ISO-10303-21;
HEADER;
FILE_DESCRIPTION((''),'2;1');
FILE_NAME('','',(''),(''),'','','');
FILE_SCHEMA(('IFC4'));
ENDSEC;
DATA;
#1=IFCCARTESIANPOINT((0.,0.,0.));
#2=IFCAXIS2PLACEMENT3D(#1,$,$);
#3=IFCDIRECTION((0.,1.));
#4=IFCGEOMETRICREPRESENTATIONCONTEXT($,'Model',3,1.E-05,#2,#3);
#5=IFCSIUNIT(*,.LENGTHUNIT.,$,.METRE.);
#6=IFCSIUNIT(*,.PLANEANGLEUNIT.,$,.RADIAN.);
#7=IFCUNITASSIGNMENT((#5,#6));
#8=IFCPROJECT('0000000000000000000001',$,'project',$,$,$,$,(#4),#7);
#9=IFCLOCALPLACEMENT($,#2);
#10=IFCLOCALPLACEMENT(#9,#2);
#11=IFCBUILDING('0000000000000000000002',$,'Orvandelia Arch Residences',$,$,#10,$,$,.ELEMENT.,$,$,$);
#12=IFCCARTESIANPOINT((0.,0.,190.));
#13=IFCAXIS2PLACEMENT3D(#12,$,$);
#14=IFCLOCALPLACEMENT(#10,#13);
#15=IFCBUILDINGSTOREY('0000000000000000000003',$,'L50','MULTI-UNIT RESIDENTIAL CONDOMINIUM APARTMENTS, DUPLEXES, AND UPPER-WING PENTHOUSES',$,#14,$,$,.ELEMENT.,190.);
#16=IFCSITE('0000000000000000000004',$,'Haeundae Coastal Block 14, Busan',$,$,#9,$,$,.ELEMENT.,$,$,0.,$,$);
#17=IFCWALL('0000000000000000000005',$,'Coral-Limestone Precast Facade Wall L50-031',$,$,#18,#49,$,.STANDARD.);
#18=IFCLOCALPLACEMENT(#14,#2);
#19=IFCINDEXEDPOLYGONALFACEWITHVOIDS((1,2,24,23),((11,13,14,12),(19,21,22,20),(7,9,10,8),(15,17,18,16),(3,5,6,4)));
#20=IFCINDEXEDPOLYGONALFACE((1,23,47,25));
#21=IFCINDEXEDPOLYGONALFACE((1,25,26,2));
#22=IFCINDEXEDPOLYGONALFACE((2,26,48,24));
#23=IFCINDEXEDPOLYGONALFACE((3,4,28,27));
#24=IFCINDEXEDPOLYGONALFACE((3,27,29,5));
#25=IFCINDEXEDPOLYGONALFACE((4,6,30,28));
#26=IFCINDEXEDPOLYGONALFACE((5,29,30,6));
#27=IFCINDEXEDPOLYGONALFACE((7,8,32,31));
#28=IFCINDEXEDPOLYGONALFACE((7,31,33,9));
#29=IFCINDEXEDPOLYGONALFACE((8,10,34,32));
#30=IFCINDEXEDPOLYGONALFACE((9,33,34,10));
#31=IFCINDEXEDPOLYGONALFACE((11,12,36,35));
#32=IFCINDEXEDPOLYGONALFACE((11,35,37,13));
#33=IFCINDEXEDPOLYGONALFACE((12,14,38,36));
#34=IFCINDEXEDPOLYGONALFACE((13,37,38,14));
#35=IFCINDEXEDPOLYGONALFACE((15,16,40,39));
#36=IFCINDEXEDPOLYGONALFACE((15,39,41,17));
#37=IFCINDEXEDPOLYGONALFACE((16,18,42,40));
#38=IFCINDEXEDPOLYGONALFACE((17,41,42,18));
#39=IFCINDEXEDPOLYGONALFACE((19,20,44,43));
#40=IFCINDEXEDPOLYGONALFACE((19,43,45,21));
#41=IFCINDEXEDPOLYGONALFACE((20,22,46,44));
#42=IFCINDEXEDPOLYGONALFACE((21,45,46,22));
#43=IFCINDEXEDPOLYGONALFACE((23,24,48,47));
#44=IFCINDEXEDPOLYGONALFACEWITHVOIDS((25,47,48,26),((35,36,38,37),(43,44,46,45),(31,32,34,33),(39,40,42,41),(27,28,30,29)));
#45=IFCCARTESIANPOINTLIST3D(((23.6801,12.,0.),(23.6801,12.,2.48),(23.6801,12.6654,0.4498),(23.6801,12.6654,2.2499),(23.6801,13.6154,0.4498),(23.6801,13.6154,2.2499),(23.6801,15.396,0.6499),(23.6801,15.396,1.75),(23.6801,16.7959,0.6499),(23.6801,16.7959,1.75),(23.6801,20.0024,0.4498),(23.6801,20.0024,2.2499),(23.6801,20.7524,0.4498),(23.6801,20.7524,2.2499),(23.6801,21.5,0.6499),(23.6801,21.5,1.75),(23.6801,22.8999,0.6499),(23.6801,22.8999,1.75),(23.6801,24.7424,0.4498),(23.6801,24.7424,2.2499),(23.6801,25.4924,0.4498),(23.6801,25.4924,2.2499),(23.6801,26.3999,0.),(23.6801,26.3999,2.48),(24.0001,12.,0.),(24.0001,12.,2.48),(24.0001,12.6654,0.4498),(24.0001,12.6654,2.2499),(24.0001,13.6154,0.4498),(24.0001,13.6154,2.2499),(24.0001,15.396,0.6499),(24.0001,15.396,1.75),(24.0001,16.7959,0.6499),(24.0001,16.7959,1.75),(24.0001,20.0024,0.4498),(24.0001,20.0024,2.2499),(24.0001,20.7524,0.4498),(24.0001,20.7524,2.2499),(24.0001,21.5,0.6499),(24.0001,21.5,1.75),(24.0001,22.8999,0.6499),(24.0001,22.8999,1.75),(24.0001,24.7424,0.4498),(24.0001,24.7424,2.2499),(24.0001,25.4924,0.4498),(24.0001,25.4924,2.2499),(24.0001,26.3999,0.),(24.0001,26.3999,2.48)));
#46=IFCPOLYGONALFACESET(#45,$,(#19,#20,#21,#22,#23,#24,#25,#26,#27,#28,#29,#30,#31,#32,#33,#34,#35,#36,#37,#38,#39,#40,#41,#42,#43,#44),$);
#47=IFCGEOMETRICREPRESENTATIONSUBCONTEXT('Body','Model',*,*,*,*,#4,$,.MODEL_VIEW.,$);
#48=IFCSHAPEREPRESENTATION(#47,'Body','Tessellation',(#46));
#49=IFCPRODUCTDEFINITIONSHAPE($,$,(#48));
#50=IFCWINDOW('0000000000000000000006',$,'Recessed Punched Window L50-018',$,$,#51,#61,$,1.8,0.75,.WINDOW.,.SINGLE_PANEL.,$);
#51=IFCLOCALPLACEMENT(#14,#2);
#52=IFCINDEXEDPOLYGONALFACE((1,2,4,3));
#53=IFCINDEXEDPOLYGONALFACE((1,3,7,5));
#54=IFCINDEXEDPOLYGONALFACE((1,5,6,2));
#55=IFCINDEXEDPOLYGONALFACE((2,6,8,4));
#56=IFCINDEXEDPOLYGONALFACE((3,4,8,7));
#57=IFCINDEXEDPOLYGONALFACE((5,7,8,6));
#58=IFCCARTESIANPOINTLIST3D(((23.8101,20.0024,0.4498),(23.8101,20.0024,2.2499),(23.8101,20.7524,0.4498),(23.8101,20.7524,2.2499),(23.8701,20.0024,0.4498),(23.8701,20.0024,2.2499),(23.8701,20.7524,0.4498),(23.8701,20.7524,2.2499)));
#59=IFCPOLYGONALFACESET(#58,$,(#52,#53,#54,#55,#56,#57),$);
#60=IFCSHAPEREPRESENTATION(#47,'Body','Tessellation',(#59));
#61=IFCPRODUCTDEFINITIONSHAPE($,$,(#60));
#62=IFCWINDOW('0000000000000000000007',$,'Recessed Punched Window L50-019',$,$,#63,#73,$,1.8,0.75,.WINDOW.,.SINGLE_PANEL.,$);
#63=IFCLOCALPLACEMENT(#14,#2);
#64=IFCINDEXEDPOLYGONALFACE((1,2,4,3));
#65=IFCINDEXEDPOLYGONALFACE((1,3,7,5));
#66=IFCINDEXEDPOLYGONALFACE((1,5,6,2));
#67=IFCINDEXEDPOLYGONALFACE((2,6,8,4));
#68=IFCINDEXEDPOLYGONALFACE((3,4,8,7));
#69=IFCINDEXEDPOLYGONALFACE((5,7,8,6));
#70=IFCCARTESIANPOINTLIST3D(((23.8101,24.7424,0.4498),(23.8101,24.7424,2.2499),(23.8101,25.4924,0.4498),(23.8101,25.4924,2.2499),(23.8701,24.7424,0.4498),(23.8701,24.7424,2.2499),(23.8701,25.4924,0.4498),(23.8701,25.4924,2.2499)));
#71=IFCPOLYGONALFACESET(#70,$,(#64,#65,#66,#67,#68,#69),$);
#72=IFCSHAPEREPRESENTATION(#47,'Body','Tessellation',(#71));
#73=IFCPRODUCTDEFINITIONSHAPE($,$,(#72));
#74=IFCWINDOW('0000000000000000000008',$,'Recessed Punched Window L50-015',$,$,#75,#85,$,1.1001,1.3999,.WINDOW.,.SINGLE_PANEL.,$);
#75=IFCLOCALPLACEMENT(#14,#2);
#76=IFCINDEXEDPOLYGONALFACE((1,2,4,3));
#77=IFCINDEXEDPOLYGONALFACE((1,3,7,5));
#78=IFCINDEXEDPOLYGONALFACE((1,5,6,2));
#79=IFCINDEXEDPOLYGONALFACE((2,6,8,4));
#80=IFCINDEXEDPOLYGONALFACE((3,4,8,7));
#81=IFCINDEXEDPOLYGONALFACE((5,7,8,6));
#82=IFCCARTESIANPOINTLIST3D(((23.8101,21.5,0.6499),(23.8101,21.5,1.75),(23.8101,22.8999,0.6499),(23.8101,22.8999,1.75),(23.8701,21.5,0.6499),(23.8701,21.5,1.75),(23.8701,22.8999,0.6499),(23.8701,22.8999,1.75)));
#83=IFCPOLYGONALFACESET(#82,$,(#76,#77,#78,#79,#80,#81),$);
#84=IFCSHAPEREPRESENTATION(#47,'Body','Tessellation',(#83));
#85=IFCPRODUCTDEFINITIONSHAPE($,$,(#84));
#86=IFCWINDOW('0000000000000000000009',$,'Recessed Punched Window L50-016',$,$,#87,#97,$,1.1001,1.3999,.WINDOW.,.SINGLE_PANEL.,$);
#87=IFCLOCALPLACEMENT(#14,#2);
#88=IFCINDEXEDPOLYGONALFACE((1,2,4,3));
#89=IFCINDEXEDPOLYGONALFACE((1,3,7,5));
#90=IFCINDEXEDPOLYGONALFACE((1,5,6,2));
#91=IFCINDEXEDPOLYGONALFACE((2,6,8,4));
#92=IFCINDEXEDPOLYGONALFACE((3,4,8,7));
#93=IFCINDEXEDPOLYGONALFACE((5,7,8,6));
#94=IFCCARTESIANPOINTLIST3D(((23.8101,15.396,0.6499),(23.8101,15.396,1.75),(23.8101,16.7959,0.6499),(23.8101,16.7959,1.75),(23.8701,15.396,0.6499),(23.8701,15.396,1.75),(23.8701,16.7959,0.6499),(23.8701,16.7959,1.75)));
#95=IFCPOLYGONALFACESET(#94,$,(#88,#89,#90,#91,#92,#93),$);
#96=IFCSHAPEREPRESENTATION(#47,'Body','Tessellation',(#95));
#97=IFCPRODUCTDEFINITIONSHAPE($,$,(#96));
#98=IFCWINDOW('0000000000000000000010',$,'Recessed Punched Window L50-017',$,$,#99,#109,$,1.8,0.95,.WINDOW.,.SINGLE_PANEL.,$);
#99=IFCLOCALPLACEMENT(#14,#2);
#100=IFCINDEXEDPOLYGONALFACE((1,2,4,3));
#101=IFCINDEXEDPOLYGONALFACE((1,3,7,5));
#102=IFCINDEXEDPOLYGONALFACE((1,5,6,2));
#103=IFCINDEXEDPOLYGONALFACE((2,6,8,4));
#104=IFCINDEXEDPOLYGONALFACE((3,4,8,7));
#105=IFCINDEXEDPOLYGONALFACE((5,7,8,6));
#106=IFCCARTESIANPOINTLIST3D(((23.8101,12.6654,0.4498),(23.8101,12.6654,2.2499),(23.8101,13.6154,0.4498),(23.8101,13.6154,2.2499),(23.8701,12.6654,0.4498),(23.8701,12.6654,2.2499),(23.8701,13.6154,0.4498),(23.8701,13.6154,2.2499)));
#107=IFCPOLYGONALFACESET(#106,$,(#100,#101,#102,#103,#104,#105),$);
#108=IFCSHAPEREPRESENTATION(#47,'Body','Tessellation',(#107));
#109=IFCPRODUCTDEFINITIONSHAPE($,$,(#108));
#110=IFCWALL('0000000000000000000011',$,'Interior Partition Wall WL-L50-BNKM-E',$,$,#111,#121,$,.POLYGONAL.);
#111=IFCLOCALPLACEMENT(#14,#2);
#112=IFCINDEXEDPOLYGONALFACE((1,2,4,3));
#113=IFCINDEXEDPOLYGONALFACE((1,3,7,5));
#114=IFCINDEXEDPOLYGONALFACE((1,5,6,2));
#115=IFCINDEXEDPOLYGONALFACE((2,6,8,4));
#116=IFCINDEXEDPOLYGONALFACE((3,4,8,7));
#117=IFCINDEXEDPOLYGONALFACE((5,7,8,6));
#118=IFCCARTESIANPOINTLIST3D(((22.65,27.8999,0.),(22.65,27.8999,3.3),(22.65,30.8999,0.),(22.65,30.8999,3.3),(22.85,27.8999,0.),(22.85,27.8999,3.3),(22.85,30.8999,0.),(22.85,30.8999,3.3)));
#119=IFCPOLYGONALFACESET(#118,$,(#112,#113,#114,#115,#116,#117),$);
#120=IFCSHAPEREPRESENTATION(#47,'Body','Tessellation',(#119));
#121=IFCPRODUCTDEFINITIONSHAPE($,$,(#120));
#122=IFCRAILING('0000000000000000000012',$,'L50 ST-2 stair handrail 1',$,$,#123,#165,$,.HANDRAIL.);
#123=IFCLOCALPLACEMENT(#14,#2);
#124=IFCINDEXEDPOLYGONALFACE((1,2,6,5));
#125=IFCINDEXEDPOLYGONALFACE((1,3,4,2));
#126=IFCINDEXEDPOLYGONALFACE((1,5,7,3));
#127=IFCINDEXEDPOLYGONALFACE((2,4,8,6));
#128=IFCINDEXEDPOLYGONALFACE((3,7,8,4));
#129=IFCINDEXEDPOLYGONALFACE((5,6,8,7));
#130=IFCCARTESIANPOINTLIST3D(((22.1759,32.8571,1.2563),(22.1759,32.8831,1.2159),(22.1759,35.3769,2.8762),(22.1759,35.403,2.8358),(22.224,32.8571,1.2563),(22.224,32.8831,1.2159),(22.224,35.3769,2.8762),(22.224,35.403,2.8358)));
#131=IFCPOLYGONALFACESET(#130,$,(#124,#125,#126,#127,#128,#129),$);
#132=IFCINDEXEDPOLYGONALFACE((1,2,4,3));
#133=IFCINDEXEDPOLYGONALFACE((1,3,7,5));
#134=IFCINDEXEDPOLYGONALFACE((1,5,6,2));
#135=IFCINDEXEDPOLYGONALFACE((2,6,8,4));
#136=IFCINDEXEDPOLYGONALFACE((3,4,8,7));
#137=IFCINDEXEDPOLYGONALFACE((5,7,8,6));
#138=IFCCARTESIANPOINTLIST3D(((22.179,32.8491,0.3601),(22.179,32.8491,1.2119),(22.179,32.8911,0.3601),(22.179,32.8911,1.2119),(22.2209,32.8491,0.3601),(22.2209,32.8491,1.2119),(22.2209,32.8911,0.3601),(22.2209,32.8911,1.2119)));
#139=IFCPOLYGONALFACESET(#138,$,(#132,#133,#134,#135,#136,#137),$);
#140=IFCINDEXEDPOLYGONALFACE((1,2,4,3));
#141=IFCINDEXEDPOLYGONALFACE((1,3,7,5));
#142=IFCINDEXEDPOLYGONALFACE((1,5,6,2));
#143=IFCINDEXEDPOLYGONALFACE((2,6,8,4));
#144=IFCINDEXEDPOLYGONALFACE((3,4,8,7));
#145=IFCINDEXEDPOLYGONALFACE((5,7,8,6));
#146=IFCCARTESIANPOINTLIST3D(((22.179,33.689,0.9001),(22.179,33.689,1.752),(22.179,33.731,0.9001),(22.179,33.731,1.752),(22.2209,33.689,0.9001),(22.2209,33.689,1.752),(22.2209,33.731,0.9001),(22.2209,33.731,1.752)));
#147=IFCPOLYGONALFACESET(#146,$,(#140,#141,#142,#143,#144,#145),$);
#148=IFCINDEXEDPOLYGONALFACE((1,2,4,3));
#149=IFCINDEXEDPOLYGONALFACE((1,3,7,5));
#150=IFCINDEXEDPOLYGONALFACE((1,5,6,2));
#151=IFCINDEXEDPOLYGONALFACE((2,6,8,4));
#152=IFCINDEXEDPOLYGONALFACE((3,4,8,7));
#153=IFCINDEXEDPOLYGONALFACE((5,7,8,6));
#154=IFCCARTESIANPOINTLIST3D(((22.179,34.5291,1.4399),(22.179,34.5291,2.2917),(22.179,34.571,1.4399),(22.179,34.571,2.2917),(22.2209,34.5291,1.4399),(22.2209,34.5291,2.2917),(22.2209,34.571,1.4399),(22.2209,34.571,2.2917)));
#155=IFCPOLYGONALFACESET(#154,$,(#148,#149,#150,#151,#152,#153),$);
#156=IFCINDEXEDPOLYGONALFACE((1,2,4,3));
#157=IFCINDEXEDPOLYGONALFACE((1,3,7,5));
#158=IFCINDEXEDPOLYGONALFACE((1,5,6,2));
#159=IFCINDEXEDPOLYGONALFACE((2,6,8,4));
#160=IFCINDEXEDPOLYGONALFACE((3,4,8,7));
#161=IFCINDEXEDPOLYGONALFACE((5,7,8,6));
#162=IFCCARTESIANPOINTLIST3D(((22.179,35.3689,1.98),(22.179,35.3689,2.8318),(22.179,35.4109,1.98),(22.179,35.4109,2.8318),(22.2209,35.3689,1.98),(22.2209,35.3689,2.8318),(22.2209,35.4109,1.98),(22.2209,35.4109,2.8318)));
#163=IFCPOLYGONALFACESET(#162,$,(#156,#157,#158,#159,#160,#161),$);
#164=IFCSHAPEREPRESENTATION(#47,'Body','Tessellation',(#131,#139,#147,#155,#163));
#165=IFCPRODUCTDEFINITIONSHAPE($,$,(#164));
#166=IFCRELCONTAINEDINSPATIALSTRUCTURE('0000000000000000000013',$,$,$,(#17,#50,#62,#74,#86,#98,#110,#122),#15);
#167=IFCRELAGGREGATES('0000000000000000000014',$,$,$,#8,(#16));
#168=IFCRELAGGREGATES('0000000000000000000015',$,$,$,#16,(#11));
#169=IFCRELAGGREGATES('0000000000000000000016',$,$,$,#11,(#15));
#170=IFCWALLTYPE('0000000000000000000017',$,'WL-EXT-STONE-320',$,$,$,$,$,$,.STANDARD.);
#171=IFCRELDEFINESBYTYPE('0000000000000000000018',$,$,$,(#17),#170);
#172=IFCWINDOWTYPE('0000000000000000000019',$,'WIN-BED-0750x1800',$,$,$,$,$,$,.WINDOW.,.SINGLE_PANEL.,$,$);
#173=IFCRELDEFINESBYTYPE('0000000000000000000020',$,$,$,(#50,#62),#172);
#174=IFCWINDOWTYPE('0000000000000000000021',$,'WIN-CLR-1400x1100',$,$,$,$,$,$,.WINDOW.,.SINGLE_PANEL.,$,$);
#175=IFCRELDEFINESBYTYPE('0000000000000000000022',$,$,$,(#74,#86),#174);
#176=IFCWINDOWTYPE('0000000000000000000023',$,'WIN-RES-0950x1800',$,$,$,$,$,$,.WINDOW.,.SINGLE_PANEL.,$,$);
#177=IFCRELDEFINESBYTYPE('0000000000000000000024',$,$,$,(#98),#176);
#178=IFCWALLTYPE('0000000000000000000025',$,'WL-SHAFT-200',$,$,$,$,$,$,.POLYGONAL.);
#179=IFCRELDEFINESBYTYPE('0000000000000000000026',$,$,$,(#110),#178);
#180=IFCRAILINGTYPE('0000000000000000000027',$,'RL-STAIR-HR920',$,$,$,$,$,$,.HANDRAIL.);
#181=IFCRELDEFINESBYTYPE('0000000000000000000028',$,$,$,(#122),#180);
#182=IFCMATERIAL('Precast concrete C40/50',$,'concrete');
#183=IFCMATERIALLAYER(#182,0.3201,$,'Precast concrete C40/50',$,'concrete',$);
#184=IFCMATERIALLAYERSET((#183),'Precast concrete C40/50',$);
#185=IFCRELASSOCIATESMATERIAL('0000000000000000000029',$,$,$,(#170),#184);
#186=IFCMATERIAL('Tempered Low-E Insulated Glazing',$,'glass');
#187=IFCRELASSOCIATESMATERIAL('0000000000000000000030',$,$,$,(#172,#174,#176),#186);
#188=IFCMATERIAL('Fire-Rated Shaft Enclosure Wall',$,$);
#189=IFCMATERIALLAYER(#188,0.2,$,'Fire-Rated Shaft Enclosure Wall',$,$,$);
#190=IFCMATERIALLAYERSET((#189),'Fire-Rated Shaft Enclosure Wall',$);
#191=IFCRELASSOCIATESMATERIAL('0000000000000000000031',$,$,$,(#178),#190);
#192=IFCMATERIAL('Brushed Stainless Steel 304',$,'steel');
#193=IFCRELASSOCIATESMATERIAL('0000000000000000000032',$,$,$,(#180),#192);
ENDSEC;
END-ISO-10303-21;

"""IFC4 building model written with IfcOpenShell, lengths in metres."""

from ifc_helpers import new_model, si_unit, direction, frame, frame_2d, origin, origin_2d, place, context, subcontext, project, spatial, rectangle, extrude, material, layer, layer_set, type_object, element, fill, save


model = new_model("IFC4")

# Units and contexts
model_context = context("Model", 3, precision=1e-05, world=origin(), true_north=direction((0.0, 1.0)))
body_context = subcontext(model_context, "Body", "Model", "MODEL_VIEW")
ifc_project = project(units=[si_unit("LENGTHUNIT", "METRE"), si_unit("PLANEANGLEUNIT", "RADIAN")], contexts=[model_context])

# Site, building, storey
site_placement = place(None, origin())
site = spatial("IfcSite", under=ifc_project, at=site_placement, Name="Haeundae Coastal Block 14, Busan", CompositionType="ELEMENT", RefElevation=0.0)
building_placement = place(site_placement, origin())
building = spatial("IfcBuilding", under=site, at=building_placement, Name="Orvandelia Arch Residences", CompositionType="ELEMENT")
storey_placement = place(building_placement, frame((0.0, 0.0, 190.0)))
storey = spatial("IfcBuildingStorey", under=building, at=storey_placement, Name="L50", Description="MULTI-UNIT RESIDENTIAL CONDOMINIUM APARTMENTS, DUPLEXES, AND UPPER-WING PENTHOUSES", CompositionType="ELEMENT", Elevation=190.0)

# Shared definitions
ifc_material_1 = material(Name="Precast concrete C40/50", Category="concrete")
ifc_layer_1 = layer(ifc_material_1, 0.3201, Name="Precast concrete C40/50", Category="concrete")
ifc_layer_set_1 = layer_set([ifc_layer_1], Name="Precast concrete C40/50")
wall_type_1 = type_object("IfcWallType", Name="WL-EXT-STONE-320", PredefinedType="STANDARD", material=ifc_layer_set_1)

# Wall, openings, windows
wall_1_placement = place(storey_placement, frame((23.8401, 26.3999, 0.0), z_axis=(0.0, 0.0, 1.0), x_axis=(0.0, -1.0, 0.0)))
wall_1 = element("IfcWall", 1, at=wall_1_placement, inside=storey, type_object=wall_type_1, Name="Coral-Limestone Precast Facade Wall L50-031", PredefinedType="STANDARD", context=body_context, shape_type="SweptSolid", body=[
    extrude(rectangle(XDim=14.3999, YDim=0.3201, at=frame_2d((7.2, 0.0))), origin(), (0.0, 0.0, 1.0), 2.48),
])
opening_1_placement = place(wall_1_placement, frame((3.5, 0.0, 0.6499)))
opening_1 = element("IfcOpeningElement", 2, at=opening_1_placement, cuts=wall_1, PredefinedType="OPENING", context=body_context, shape_type="SweptSolid", body=[
    extrude(rectangle(XDim=1.3999, YDim=1.1001, at=frame_2d((0.7, 0.55))), frame((0.0, 0.1699, 0.0), z_axis=(0.0, -1.0, 0.0), x_axis=(1.0, 0.0, 0.0)), (0.0, 0.0, 1.0), 0.3401),
])
opening_2_placement = place(wall_1_placement, frame((9.604, 0.0, 0.6499)))
opening_2 = element("IfcOpeningElement", 3, at=opening_2_placement, cuts=wall_1, PredefinedType="OPENING", context=body_context, shape_type="SweptSolid", body=[
    extrude(rectangle(XDim=1.3999, YDim=1.1001, at=frame_2d((0.7, 0.55))), frame((0.0, 0.1699, 0.0), z_axis=(0.0, -1.0, 0.0), x_axis=(1.0, 0.0, 0.0)), (0.0, 0.0, 1.0), 0.3401),
])
opening_3_placement = place(wall_1_placement, frame((12.7844, 0.0, 0.45)))
opening_3 = element("IfcOpeningElement", 4, at=opening_3_placement, cuts=wall_1, PredefinedType="OPENING", context=body_context, shape_type="SweptSolid", body=[
    extrude(rectangle(XDim=0.95, YDim=1.8, at=frame_2d((0.4751, 0.8999))), frame((0.0, 0.1699, 0.0), z_axis=(0.0, -1.0, 0.0), x_axis=(1.0, 0.0, 0.0)), (0.0, 0.0, 1.0), 0.3401),
])
opening_4_placement = place(wall_1_placement, frame((5.6475, 0.0, 0.45)))
opening_4 = element("IfcOpeningElement", 5, at=opening_4_placement, cuts=wall_1, PredefinedType="OPENING", context=body_context, shape_type="SweptSolid", body=[
    extrude(rectangle(XDim=0.75, YDim=1.8, at=frame_2d((0.375, 0.8999))), frame((0.0, 0.1699, 0.0), z_axis=(0.0, -1.0, 0.0), x_axis=(1.0, 0.0, 0.0)), (0.0, 0.0, 1.0), 0.3401),
])
opening_5_placement = place(wall_1_placement, frame((0.9075, 0.0, 0.45)))
opening_5 = element("IfcOpeningElement", 6, at=opening_5_placement, cuts=wall_1, PredefinedType="OPENING", context=body_context, shape_type="SweptSolid", body=[
    extrude(rectangle(XDim=0.75, YDim=1.8, at=frame_2d((0.375, 0.8999))), frame((0.0, 0.1699, 0.0), z_axis=(0.0, -1.0, 0.0), x_axis=(1.0, 0.0, 0.0)), (0.0, 0.0, 1.0), 0.3401),
])
ifc_material_2 = material(Name="Tempered Low-E Insulated Glazing", Category="glass")
window_type_1 = type_object("IfcWindowType", Name="WIN-BED-0750x1800", PartitioningType="SINGLE_PANEL", PredefinedType="WINDOW", material=ifc_material_2)
window_1_placement = place(opening_4_placement, origin())
window_1 = element("IfcWindow", 7, at=window_1_placement, inside=storey, type_object=window_type_1, Name="Recessed Punched Window L50-018", OverallHeight=1.8, OverallWidth=0.75, PartitioningType="SINGLE_PANEL", PredefinedType="WINDOW", context=body_context, shape_type="SweptSolid", body=[
    extrude(rectangle(XDim=0.75, YDim=1.8, at=frame_2d((0.375, 0.8999))), frame((0.0, 0.03, 0.0), z_axis=(0.0, -1.0, 0.0), x_axis=(1.0, 0.0, 0.0)), (0.0, 0.0, 1.0), 0.0601),
])
fill(opening_4, window_1)
window_2_placement = place(opening_5_placement, origin())
window_2 = element("IfcWindow", 8, at=window_2_placement, inside=storey, type_object=window_type_1, Name="Recessed Punched Window L50-019", OverallHeight=1.8, OverallWidth=0.75, PartitioningType="SINGLE_PANEL", PredefinedType="WINDOW", context=body_context, shape_type="SweptSolid", body=[
    extrude(rectangle(XDim=0.75, YDim=1.8, at=frame_2d((0.375, 0.8999))), frame((0.0, 0.03, 0.0), z_axis=(0.0, -1.0, 0.0), x_axis=(1.0, 0.0, 0.0)), (0.0, 0.0, 1.0), 0.0601),
])
fill(opening_5, window_2)
window_type_2 = type_object("IfcWindowType", Name="WIN-CLR-1400x1100", PartitioningType="SINGLE_PANEL", PredefinedType="WINDOW", material=ifc_material_2)
window_3_placement = place(opening_1_placement, origin())
window_3 = element("IfcWindow", 9, at=window_3_placement, inside=storey, type_object=window_type_2, Name="Recessed Punched Window L50-015", OverallHeight=1.1001, OverallWidth=1.3999, PartitioningType="SINGLE_PANEL", PredefinedType="WINDOW", context=body_context, shape_type="SweptSolid", body=[
    extrude(rectangle(XDim=1.3999, YDim=1.1001, at=frame_2d((0.7, 0.55))), frame((0.0, 0.03, 0.0), z_axis=(0.0, -1.0, 0.0), x_axis=(1.0, 0.0, 0.0)), (0.0, 0.0, 1.0), 0.0601),
])
fill(opening_1, window_3)
window_4_placement = place(opening_2_placement, origin())
window_4 = element("IfcWindow", 10, at=window_4_placement, inside=storey, type_object=window_type_2, Name="Recessed Punched Window L50-016", OverallHeight=1.1001, OverallWidth=1.3999, PartitioningType="SINGLE_PANEL", PredefinedType="WINDOW", context=body_context, shape_type="SweptSolid", body=[
    extrude(rectangle(XDim=1.3999, YDim=1.1001, at=frame_2d((0.7, 0.55))), frame((0.0, 0.03, 0.0), z_axis=(0.0, -1.0, 0.0), x_axis=(1.0, 0.0, 0.0)), (0.0, 0.0, 1.0), 0.0601),
])
fill(opening_2, window_4)
window_type_3 = type_object("IfcWindowType", Name="WIN-RES-0950x1800", PartitioningType="SINGLE_PANEL", PredefinedType="WINDOW", material=ifc_material_2)
window_5_placement = place(opening_3_placement, origin())
window_5 = element("IfcWindow", 11, at=window_5_placement, inside=storey, type_object=window_type_3, Name="Recessed Punched Window L50-017", OverallHeight=1.8, OverallWidth=0.95, PartitioningType="SINGLE_PANEL", PredefinedType="WINDOW", context=body_context, shape_type="SweptSolid", body=[
    extrude(rectangle(XDim=0.95, YDim=1.8, at=frame_2d((0.4751, 0.8999))), frame((0.0, 0.03, 0.0), z_axis=(0.0, -1.0, 0.0), x_axis=(1.0, 0.0, 0.0)), (0.0, 0.0, 1.0), 0.0601),
])
fill(opening_3, window_5)

# Wall
ifc_material_3 = material(Name="Fire-Rated Shaft Enclosure Wall")
ifc_layer_2 = layer(ifc_material_3, 0.2, Name="Fire-Rated Shaft Enclosure Wall")
ifc_layer_set_2 = layer_set([ifc_layer_2], Name="Fire-Rated Shaft Enclosure Wall")
wall_type_2 = type_object("IfcWallType", Name="WL-SHAFT-200", PredefinedType="POLYGONAL", material=ifc_layer_set_2)
wall_2_placement = place(storey_placement, frame((22.75, 27.8999, 0.0), z_axis=(0.0, 0.0, 1.0), x_axis=(0.0, 1.0, 0.0)))
element("IfcWall", 12, at=wall_2_placement, inside=storey, type_object=wall_type_2, Name="Interior Partition Wall WL-L50-BNKM-E", PredefinedType="POLYGONAL", context=body_context, shape_type="SweptSolid", body=[
    extrude(rectangle(XDim=3.0, YDim=0.2, at=frame_2d((1.5, 0.0))), origin(), (0.0, 0.0, 1.0), 3.3),
])

# Railing
ifc_material_4 = material(Name="Brushed Stainless Steel 304", Category="steel")
railing_type = type_object("IfcRailingType", Name="RL-STAIR-HR920", PredefinedType="HANDRAIL", material=ifc_material_4)
railing_placement = place(storey_placement, frame((22.2, 32.8701, 0.3601)))
element("IfcRailing", 13, at=railing_placement, inside=storey, type_object=railing_type, Name="L50 ST-2 stair handrail 1", PredefinedType="HANDRAIL", context=body_context, shape_type="SweptSolid", body=[
    extrude(rectangle(XDim=0.0481, YDim=0.0481, at=origin_2d()), frame((0.0, 0.0, 0.876), z_axis=(0.0, 0.841176, 0.540762), x_axis=(-1.0, 0.0, 0.0)), (0.0, 0.0, 1.0), 2.9956),
    extrude(rectangle(XDim=0.042, YDim=0.042, at=origin_2d()), origin(), (0.0, 0.0, 1.0), 0.8518),
    extrude(rectangle(XDim=0.042, YDim=0.042, at=origin_2d()), frame((0.0, 0.8398, 0.54)), (0.0, 0.0, 1.0), 0.8518),
    extrude(rectangle(XDim=0.042, YDim=0.042, at=origin_2d()), frame((0.0, 1.6799, 1.0798)), (0.0, 0.0, 1.0), 0.8518),
    extrude(rectangle(XDim=0.042, YDim=0.042, at=origin_2d()), frame((0.0, 2.5198, 1.6199)), (0.0, 0.0, 1.0), 0.8518),
])

save(model, "model.ifc")
